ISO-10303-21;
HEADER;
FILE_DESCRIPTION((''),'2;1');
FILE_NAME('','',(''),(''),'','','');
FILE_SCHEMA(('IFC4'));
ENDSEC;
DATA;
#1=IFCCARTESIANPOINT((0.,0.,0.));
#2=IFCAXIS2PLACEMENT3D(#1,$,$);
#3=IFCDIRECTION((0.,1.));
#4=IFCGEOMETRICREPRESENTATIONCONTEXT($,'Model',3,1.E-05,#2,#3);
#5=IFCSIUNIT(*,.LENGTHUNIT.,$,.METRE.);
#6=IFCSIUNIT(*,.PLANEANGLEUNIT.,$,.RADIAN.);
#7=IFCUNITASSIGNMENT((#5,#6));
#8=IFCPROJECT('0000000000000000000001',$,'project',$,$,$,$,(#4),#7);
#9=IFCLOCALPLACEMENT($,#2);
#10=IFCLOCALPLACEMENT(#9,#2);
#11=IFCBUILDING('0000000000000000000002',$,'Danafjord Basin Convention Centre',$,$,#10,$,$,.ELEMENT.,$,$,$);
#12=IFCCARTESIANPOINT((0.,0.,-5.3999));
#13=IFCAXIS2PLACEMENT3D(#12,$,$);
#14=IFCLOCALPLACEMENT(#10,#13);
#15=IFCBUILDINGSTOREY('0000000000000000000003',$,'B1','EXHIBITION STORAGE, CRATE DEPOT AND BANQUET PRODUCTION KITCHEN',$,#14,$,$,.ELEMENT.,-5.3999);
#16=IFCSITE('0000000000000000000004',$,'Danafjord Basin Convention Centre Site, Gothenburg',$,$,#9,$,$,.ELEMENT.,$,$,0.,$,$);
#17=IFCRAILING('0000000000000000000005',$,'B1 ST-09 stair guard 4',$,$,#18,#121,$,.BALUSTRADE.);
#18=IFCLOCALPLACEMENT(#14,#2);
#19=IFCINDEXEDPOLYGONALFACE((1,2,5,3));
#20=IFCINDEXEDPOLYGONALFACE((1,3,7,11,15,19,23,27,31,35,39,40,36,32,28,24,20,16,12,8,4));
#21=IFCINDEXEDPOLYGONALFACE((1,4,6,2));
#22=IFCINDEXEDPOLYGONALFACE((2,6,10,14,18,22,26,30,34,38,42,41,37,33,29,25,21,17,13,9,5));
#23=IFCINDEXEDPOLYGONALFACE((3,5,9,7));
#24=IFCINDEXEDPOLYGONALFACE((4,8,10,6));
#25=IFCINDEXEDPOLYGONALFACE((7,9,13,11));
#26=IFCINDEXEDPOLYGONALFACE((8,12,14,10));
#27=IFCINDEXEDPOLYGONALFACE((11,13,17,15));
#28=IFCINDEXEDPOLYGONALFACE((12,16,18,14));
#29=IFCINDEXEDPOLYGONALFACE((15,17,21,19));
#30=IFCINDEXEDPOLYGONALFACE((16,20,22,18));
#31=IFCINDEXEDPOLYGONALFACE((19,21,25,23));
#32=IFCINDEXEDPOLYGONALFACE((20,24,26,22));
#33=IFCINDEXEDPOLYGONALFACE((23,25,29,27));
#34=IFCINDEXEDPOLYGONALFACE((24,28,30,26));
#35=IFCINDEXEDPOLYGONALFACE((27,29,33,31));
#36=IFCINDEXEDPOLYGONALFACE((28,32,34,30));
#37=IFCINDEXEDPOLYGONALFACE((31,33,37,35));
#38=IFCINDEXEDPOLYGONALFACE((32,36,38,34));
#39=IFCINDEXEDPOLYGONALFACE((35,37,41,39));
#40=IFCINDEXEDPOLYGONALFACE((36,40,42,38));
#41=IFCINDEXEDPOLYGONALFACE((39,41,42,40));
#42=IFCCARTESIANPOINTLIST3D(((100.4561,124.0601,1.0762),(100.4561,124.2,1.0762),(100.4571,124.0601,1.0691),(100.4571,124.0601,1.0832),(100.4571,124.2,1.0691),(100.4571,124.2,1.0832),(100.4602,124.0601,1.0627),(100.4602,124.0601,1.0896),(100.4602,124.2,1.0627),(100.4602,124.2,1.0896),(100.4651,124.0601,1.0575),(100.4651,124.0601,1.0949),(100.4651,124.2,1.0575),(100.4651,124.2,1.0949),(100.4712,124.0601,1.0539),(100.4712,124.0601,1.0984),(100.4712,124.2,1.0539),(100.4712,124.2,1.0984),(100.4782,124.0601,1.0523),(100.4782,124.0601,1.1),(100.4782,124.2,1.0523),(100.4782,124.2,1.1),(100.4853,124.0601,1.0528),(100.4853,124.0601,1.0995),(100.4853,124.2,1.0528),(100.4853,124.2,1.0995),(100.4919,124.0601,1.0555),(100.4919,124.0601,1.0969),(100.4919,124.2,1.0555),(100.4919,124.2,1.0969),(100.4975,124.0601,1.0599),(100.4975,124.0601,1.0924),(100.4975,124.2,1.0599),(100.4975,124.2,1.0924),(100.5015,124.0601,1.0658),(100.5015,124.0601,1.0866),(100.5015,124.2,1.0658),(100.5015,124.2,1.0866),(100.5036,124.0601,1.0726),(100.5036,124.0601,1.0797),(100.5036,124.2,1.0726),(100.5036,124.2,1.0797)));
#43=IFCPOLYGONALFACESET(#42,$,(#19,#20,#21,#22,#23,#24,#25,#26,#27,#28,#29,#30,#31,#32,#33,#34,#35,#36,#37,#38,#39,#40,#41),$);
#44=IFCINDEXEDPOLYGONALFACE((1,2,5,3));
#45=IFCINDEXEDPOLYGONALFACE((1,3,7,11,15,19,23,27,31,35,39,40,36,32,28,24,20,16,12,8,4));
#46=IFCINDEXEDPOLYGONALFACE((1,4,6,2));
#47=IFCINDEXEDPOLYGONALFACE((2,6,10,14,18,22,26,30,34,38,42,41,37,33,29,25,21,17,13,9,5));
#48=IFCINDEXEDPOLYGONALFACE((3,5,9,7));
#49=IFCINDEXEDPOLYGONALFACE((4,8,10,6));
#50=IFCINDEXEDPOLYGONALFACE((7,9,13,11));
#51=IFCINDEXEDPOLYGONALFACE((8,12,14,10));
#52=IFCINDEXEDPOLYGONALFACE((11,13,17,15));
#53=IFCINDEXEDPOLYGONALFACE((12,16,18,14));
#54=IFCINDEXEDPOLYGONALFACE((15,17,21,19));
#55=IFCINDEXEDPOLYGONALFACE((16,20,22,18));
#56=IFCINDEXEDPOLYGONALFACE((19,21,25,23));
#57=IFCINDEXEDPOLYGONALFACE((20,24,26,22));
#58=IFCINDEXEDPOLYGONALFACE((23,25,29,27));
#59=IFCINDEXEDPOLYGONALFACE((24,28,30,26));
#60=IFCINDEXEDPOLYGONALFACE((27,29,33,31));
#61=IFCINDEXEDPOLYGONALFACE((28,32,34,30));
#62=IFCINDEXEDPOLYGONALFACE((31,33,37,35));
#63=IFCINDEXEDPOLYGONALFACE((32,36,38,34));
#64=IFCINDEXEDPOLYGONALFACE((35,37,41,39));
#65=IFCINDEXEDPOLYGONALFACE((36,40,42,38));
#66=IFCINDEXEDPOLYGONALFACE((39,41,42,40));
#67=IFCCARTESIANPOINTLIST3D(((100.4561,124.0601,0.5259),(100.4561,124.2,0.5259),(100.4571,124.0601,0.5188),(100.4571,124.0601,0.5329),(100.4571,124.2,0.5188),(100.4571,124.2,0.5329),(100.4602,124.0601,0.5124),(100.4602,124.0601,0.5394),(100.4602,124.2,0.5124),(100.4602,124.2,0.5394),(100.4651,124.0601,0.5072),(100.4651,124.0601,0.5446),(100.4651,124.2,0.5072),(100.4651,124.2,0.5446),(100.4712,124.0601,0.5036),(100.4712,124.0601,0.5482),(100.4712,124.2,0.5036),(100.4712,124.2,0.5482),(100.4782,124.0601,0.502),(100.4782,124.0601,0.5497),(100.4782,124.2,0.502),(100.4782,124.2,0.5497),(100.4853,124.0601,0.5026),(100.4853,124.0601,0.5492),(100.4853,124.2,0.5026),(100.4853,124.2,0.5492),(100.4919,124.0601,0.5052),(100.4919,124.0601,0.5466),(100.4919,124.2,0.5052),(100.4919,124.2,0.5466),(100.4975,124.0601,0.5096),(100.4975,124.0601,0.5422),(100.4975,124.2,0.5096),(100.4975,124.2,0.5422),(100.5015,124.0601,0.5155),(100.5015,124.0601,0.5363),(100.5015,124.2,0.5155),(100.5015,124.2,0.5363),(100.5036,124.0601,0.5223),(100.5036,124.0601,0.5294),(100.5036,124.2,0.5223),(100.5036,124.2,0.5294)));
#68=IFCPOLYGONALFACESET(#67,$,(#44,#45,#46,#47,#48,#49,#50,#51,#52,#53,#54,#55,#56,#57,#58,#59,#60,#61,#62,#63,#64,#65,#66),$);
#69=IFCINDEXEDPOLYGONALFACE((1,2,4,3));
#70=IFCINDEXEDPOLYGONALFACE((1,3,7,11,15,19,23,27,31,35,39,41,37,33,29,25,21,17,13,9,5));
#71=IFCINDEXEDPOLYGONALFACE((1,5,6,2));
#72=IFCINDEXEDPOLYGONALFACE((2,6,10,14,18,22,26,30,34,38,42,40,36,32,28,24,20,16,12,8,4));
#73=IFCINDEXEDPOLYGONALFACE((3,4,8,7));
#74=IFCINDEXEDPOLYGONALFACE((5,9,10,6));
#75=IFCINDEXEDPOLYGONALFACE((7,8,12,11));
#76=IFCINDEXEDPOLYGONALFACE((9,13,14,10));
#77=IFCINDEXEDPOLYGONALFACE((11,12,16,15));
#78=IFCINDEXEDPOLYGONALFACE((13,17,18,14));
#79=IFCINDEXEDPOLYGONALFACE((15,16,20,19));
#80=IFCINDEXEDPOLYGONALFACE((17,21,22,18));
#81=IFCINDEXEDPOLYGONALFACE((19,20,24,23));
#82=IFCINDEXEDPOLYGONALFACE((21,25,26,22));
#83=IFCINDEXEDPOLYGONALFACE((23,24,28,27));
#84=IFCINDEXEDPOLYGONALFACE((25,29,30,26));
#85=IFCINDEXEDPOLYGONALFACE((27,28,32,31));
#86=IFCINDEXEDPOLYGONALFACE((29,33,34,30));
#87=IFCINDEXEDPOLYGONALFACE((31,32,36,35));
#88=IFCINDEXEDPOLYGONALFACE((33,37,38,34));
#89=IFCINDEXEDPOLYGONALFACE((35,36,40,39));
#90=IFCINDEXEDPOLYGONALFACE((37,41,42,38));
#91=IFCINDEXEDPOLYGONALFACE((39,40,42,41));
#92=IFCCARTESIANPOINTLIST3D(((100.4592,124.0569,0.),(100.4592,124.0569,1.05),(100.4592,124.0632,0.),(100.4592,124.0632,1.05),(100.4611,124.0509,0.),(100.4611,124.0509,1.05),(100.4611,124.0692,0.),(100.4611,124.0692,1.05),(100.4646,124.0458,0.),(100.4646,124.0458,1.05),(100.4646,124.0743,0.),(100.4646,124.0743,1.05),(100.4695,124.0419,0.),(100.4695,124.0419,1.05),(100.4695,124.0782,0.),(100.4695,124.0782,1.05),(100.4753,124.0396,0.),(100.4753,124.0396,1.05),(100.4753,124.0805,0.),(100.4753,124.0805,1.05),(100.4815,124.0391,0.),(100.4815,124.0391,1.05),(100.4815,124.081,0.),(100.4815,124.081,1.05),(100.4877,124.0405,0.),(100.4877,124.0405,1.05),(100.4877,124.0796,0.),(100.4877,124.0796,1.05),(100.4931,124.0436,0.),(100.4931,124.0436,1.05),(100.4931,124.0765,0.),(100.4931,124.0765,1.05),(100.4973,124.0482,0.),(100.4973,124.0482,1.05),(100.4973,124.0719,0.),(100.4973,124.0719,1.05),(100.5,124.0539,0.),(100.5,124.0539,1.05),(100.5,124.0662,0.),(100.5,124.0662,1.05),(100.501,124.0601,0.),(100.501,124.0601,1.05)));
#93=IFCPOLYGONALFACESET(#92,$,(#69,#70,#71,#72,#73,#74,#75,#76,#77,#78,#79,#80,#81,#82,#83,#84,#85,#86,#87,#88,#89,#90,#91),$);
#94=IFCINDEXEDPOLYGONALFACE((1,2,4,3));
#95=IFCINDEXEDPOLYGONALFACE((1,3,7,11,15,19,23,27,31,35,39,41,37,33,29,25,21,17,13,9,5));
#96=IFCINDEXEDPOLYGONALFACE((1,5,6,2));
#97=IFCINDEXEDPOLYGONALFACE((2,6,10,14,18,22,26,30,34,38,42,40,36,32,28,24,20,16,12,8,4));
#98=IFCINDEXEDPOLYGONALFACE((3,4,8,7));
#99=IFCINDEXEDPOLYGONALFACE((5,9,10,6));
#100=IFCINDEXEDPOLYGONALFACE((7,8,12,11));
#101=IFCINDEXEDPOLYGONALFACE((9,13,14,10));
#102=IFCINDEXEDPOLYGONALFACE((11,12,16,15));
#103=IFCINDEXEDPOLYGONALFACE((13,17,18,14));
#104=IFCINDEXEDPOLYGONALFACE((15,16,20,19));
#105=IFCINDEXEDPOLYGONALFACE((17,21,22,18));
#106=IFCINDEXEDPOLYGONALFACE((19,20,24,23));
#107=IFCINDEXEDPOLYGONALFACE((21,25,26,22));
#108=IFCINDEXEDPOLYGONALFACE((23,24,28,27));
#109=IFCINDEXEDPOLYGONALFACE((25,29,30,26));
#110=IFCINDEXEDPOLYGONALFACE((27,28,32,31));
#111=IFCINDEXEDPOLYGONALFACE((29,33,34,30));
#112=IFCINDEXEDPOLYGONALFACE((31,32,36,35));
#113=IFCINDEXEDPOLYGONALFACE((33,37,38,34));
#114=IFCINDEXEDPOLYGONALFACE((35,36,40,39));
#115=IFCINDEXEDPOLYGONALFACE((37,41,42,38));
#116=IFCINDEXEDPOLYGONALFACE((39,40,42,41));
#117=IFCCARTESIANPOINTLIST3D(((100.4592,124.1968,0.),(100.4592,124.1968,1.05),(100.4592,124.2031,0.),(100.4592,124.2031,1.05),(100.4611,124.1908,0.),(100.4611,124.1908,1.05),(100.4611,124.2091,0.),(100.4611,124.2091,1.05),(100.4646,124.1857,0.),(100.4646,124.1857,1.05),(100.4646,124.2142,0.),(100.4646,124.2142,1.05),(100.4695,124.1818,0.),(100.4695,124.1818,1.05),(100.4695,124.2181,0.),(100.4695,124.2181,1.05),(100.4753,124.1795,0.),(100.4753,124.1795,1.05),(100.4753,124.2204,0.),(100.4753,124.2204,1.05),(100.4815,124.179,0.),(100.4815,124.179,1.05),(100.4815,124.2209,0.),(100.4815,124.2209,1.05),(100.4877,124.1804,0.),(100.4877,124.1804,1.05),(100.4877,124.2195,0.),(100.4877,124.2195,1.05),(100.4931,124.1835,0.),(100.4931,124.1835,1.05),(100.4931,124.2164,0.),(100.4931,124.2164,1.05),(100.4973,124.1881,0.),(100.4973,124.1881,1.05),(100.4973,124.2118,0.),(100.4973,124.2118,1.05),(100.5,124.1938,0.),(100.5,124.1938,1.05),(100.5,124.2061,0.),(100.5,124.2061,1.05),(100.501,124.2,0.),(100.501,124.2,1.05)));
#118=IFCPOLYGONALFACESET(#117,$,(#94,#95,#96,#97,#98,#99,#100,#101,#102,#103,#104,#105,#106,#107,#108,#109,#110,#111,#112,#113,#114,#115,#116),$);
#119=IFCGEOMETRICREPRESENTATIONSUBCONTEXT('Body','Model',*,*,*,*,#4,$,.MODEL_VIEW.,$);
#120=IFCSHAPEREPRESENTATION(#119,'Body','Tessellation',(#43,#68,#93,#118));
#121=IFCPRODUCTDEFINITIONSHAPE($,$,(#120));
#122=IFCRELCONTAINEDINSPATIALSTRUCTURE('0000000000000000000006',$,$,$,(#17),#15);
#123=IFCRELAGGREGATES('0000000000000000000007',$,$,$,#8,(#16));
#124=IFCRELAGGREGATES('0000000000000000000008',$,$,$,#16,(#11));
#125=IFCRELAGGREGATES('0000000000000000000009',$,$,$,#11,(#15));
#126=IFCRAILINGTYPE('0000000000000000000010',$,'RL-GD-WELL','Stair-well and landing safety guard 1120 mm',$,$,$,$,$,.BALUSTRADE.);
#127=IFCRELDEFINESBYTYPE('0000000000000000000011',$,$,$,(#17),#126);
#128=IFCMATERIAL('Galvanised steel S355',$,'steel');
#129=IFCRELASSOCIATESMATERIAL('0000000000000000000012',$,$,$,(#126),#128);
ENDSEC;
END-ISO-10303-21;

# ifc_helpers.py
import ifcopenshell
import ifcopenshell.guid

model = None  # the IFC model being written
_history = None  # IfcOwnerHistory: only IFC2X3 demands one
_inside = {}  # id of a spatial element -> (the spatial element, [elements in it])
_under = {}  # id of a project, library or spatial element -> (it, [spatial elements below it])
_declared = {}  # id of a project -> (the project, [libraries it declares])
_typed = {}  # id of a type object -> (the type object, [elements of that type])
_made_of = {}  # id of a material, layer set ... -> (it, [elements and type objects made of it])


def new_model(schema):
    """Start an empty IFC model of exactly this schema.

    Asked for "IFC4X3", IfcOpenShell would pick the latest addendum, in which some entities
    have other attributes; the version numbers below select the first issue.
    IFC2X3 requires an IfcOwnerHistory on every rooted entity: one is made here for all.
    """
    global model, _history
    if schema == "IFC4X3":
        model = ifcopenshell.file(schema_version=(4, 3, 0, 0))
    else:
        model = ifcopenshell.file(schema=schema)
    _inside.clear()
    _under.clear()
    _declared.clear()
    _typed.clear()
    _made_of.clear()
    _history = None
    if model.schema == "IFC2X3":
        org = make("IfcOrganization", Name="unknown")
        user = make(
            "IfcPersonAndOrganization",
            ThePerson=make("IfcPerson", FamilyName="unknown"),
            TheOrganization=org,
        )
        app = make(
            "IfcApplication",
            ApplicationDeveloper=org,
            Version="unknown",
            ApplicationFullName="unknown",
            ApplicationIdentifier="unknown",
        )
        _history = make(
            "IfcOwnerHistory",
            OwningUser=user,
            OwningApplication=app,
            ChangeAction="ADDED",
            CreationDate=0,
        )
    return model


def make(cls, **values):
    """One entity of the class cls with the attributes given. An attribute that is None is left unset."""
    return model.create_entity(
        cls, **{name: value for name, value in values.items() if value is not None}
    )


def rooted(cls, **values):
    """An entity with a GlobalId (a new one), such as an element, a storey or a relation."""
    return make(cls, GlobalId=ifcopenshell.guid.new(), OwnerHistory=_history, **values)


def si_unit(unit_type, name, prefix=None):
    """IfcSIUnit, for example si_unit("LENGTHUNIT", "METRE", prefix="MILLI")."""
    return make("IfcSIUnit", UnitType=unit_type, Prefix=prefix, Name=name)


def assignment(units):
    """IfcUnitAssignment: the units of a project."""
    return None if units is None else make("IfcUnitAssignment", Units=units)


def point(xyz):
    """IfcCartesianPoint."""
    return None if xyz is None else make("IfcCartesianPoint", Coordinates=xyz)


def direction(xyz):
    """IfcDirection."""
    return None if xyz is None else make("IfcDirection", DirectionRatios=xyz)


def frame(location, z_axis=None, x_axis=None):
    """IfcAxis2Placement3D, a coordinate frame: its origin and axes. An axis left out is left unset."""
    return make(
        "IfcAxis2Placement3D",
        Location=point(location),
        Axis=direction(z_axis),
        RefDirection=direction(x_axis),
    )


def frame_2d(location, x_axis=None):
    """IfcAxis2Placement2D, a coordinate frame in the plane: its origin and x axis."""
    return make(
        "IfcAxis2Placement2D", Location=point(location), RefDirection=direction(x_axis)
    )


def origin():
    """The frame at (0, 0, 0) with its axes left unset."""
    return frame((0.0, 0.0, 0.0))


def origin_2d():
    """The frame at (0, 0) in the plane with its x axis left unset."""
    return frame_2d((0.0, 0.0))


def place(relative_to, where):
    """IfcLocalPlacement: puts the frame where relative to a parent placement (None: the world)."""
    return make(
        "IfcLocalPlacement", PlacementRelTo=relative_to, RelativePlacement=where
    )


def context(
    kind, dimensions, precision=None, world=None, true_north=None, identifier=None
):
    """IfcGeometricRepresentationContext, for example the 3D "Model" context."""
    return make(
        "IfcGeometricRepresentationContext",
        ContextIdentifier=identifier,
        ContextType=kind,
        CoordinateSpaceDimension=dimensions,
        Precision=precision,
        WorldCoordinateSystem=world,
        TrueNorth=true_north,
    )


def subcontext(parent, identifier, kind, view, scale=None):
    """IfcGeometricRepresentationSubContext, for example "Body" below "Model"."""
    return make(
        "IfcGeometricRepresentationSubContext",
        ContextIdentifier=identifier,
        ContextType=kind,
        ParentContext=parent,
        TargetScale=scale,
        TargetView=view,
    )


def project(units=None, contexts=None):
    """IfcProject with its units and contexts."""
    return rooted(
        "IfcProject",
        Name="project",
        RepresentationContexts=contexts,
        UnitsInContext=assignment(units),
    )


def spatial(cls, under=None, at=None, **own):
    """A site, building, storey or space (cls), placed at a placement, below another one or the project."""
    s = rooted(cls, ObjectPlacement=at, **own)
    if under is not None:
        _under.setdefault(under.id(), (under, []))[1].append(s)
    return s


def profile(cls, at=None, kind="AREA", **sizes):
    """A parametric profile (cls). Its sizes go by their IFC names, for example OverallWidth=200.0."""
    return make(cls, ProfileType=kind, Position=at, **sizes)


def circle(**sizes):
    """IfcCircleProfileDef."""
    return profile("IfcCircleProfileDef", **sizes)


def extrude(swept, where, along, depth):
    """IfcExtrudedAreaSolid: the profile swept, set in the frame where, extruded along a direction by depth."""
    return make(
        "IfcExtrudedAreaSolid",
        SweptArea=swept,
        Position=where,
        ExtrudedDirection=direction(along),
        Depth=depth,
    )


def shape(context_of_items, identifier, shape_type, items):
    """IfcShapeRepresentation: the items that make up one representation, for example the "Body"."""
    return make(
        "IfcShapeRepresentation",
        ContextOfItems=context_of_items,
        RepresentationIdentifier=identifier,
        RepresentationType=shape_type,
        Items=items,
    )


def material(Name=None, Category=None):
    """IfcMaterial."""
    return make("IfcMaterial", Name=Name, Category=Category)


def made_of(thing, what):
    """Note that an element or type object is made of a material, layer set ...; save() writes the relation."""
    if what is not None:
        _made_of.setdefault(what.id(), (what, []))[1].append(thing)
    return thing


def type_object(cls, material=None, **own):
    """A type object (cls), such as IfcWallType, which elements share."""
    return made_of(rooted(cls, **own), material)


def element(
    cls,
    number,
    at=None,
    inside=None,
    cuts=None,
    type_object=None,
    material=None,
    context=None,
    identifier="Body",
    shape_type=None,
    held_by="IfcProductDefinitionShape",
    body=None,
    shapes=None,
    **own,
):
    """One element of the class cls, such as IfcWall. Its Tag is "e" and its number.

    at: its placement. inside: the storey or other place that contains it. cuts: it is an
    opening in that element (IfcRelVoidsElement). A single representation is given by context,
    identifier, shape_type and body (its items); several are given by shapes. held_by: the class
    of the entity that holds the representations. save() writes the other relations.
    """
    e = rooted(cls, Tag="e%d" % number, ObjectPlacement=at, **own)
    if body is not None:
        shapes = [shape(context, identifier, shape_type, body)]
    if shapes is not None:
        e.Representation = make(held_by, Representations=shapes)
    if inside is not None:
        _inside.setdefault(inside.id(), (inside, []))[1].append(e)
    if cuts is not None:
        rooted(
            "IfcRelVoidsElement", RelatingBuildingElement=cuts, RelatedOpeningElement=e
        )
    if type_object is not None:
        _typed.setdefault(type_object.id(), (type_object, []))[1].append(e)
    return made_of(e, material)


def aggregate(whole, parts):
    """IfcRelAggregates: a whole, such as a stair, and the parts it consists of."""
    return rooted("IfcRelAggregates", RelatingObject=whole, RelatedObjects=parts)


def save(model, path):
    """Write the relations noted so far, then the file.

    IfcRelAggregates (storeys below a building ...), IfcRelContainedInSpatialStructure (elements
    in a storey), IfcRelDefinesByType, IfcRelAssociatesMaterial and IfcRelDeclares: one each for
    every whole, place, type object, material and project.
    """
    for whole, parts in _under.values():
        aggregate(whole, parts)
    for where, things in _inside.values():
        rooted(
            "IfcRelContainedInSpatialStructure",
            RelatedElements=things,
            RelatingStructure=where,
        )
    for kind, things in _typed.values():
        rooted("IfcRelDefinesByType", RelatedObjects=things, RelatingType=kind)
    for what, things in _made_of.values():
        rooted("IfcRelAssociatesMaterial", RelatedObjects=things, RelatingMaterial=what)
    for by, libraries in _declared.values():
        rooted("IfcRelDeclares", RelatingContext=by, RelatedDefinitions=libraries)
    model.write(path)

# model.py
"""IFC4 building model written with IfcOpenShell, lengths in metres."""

from ifc_helpers import new_model, si_unit, direction, frame, origin, origin_2d, place, context, subcontext, project, spatial, circle, extrude, material, type_object, element, save


model = new_model("IFC4")

# Units and contexts
model_context = context("Model", 3, precision=1e-05, world=origin(), true_north=direction((0.0, 1.0)))
body_context = subcontext(model_context, "Body", "Model", "MODEL_VIEW")
ifc_project = project(units=[si_unit("LENGTHUNIT", "METRE"), si_unit("PLANEANGLEUNIT", "RADIAN")], contexts=[model_context])

# Site, building, storey
site_placement = place(None, origin())
site = spatial("IfcSite", under=ifc_project, at=site_placement, Name="Danafjord Basin Convention Centre Site, Gothenburg", CompositionType="ELEMENT", RefElevation=0.0)
building_placement = place(site_placement, origin())
building = spatial("IfcBuilding", under=site, at=building_placement, Name="Danafjord Basin Convention Centre", CompositionType="ELEMENT")
storey_placement = place(building_placement, frame((0.0, 0.0, -5.3999)))
storey = spatial("IfcBuildingStorey", under=building, at=storey_placement, Name="B1", Description="EXHIBITION STORAGE, CRATE DEPOT AND BANQUET PRODUCTION KITCHEN", CompositionType="ELEMENT", Elevation=-5.3999)

# Railing
ifc_material_1 = material(Name="Galvanised steel S355", Category="steel")
railing_type_1 = type_object("IfcRailingType", Name="RL-GD-WELL", Description="Stair-well and landing safety guard 1120 mm", PredefinedType="BALUSTRADE", material=ifc_material_1)
railing_1_placement = place(storey_placement, frame((100.48, 124.0601, 0.0)))
element("IfcRailing", 1, at=railing_1_placement, inside=storey, type_object=railing_type_1, Name="B1 ST-09 stair guard 4", PredefinedType="BALUSTRADE", context=body_context, shape_type="SweptSolid", body=[
    extrude(circle(Radius=0.0239, at=origin_2d()), frame((0.0, 0.0, 1.0762), z_axis=(0.0, 1.0, 0.0), x_axis=(-1.0, 0.0, 0.0)), (0.0, 0.0, 1.0), 0.1399),
    extrude(circle(Radius=0.0239, at=origin_2d()), frame((0.0, 0.0, 0.5259), z_axis=(0.0, 1.0, 0.0), x_axis=(-1.0, 0.0, 0.0)), (0.0, 0.0, 1.0), 0.1399),
    extrude(circle(Radius=0.021, at=origin_2d()), origin(), (0.0, 0.0, 1.0), 1.05),
    extrude(circle(Radius=0.021, at=origin_2d()), frame((0.0, 0.1399, 0.0)), (0.0, 0.0, 1.0), 1.05),
])

save(model, "model.ifc")
